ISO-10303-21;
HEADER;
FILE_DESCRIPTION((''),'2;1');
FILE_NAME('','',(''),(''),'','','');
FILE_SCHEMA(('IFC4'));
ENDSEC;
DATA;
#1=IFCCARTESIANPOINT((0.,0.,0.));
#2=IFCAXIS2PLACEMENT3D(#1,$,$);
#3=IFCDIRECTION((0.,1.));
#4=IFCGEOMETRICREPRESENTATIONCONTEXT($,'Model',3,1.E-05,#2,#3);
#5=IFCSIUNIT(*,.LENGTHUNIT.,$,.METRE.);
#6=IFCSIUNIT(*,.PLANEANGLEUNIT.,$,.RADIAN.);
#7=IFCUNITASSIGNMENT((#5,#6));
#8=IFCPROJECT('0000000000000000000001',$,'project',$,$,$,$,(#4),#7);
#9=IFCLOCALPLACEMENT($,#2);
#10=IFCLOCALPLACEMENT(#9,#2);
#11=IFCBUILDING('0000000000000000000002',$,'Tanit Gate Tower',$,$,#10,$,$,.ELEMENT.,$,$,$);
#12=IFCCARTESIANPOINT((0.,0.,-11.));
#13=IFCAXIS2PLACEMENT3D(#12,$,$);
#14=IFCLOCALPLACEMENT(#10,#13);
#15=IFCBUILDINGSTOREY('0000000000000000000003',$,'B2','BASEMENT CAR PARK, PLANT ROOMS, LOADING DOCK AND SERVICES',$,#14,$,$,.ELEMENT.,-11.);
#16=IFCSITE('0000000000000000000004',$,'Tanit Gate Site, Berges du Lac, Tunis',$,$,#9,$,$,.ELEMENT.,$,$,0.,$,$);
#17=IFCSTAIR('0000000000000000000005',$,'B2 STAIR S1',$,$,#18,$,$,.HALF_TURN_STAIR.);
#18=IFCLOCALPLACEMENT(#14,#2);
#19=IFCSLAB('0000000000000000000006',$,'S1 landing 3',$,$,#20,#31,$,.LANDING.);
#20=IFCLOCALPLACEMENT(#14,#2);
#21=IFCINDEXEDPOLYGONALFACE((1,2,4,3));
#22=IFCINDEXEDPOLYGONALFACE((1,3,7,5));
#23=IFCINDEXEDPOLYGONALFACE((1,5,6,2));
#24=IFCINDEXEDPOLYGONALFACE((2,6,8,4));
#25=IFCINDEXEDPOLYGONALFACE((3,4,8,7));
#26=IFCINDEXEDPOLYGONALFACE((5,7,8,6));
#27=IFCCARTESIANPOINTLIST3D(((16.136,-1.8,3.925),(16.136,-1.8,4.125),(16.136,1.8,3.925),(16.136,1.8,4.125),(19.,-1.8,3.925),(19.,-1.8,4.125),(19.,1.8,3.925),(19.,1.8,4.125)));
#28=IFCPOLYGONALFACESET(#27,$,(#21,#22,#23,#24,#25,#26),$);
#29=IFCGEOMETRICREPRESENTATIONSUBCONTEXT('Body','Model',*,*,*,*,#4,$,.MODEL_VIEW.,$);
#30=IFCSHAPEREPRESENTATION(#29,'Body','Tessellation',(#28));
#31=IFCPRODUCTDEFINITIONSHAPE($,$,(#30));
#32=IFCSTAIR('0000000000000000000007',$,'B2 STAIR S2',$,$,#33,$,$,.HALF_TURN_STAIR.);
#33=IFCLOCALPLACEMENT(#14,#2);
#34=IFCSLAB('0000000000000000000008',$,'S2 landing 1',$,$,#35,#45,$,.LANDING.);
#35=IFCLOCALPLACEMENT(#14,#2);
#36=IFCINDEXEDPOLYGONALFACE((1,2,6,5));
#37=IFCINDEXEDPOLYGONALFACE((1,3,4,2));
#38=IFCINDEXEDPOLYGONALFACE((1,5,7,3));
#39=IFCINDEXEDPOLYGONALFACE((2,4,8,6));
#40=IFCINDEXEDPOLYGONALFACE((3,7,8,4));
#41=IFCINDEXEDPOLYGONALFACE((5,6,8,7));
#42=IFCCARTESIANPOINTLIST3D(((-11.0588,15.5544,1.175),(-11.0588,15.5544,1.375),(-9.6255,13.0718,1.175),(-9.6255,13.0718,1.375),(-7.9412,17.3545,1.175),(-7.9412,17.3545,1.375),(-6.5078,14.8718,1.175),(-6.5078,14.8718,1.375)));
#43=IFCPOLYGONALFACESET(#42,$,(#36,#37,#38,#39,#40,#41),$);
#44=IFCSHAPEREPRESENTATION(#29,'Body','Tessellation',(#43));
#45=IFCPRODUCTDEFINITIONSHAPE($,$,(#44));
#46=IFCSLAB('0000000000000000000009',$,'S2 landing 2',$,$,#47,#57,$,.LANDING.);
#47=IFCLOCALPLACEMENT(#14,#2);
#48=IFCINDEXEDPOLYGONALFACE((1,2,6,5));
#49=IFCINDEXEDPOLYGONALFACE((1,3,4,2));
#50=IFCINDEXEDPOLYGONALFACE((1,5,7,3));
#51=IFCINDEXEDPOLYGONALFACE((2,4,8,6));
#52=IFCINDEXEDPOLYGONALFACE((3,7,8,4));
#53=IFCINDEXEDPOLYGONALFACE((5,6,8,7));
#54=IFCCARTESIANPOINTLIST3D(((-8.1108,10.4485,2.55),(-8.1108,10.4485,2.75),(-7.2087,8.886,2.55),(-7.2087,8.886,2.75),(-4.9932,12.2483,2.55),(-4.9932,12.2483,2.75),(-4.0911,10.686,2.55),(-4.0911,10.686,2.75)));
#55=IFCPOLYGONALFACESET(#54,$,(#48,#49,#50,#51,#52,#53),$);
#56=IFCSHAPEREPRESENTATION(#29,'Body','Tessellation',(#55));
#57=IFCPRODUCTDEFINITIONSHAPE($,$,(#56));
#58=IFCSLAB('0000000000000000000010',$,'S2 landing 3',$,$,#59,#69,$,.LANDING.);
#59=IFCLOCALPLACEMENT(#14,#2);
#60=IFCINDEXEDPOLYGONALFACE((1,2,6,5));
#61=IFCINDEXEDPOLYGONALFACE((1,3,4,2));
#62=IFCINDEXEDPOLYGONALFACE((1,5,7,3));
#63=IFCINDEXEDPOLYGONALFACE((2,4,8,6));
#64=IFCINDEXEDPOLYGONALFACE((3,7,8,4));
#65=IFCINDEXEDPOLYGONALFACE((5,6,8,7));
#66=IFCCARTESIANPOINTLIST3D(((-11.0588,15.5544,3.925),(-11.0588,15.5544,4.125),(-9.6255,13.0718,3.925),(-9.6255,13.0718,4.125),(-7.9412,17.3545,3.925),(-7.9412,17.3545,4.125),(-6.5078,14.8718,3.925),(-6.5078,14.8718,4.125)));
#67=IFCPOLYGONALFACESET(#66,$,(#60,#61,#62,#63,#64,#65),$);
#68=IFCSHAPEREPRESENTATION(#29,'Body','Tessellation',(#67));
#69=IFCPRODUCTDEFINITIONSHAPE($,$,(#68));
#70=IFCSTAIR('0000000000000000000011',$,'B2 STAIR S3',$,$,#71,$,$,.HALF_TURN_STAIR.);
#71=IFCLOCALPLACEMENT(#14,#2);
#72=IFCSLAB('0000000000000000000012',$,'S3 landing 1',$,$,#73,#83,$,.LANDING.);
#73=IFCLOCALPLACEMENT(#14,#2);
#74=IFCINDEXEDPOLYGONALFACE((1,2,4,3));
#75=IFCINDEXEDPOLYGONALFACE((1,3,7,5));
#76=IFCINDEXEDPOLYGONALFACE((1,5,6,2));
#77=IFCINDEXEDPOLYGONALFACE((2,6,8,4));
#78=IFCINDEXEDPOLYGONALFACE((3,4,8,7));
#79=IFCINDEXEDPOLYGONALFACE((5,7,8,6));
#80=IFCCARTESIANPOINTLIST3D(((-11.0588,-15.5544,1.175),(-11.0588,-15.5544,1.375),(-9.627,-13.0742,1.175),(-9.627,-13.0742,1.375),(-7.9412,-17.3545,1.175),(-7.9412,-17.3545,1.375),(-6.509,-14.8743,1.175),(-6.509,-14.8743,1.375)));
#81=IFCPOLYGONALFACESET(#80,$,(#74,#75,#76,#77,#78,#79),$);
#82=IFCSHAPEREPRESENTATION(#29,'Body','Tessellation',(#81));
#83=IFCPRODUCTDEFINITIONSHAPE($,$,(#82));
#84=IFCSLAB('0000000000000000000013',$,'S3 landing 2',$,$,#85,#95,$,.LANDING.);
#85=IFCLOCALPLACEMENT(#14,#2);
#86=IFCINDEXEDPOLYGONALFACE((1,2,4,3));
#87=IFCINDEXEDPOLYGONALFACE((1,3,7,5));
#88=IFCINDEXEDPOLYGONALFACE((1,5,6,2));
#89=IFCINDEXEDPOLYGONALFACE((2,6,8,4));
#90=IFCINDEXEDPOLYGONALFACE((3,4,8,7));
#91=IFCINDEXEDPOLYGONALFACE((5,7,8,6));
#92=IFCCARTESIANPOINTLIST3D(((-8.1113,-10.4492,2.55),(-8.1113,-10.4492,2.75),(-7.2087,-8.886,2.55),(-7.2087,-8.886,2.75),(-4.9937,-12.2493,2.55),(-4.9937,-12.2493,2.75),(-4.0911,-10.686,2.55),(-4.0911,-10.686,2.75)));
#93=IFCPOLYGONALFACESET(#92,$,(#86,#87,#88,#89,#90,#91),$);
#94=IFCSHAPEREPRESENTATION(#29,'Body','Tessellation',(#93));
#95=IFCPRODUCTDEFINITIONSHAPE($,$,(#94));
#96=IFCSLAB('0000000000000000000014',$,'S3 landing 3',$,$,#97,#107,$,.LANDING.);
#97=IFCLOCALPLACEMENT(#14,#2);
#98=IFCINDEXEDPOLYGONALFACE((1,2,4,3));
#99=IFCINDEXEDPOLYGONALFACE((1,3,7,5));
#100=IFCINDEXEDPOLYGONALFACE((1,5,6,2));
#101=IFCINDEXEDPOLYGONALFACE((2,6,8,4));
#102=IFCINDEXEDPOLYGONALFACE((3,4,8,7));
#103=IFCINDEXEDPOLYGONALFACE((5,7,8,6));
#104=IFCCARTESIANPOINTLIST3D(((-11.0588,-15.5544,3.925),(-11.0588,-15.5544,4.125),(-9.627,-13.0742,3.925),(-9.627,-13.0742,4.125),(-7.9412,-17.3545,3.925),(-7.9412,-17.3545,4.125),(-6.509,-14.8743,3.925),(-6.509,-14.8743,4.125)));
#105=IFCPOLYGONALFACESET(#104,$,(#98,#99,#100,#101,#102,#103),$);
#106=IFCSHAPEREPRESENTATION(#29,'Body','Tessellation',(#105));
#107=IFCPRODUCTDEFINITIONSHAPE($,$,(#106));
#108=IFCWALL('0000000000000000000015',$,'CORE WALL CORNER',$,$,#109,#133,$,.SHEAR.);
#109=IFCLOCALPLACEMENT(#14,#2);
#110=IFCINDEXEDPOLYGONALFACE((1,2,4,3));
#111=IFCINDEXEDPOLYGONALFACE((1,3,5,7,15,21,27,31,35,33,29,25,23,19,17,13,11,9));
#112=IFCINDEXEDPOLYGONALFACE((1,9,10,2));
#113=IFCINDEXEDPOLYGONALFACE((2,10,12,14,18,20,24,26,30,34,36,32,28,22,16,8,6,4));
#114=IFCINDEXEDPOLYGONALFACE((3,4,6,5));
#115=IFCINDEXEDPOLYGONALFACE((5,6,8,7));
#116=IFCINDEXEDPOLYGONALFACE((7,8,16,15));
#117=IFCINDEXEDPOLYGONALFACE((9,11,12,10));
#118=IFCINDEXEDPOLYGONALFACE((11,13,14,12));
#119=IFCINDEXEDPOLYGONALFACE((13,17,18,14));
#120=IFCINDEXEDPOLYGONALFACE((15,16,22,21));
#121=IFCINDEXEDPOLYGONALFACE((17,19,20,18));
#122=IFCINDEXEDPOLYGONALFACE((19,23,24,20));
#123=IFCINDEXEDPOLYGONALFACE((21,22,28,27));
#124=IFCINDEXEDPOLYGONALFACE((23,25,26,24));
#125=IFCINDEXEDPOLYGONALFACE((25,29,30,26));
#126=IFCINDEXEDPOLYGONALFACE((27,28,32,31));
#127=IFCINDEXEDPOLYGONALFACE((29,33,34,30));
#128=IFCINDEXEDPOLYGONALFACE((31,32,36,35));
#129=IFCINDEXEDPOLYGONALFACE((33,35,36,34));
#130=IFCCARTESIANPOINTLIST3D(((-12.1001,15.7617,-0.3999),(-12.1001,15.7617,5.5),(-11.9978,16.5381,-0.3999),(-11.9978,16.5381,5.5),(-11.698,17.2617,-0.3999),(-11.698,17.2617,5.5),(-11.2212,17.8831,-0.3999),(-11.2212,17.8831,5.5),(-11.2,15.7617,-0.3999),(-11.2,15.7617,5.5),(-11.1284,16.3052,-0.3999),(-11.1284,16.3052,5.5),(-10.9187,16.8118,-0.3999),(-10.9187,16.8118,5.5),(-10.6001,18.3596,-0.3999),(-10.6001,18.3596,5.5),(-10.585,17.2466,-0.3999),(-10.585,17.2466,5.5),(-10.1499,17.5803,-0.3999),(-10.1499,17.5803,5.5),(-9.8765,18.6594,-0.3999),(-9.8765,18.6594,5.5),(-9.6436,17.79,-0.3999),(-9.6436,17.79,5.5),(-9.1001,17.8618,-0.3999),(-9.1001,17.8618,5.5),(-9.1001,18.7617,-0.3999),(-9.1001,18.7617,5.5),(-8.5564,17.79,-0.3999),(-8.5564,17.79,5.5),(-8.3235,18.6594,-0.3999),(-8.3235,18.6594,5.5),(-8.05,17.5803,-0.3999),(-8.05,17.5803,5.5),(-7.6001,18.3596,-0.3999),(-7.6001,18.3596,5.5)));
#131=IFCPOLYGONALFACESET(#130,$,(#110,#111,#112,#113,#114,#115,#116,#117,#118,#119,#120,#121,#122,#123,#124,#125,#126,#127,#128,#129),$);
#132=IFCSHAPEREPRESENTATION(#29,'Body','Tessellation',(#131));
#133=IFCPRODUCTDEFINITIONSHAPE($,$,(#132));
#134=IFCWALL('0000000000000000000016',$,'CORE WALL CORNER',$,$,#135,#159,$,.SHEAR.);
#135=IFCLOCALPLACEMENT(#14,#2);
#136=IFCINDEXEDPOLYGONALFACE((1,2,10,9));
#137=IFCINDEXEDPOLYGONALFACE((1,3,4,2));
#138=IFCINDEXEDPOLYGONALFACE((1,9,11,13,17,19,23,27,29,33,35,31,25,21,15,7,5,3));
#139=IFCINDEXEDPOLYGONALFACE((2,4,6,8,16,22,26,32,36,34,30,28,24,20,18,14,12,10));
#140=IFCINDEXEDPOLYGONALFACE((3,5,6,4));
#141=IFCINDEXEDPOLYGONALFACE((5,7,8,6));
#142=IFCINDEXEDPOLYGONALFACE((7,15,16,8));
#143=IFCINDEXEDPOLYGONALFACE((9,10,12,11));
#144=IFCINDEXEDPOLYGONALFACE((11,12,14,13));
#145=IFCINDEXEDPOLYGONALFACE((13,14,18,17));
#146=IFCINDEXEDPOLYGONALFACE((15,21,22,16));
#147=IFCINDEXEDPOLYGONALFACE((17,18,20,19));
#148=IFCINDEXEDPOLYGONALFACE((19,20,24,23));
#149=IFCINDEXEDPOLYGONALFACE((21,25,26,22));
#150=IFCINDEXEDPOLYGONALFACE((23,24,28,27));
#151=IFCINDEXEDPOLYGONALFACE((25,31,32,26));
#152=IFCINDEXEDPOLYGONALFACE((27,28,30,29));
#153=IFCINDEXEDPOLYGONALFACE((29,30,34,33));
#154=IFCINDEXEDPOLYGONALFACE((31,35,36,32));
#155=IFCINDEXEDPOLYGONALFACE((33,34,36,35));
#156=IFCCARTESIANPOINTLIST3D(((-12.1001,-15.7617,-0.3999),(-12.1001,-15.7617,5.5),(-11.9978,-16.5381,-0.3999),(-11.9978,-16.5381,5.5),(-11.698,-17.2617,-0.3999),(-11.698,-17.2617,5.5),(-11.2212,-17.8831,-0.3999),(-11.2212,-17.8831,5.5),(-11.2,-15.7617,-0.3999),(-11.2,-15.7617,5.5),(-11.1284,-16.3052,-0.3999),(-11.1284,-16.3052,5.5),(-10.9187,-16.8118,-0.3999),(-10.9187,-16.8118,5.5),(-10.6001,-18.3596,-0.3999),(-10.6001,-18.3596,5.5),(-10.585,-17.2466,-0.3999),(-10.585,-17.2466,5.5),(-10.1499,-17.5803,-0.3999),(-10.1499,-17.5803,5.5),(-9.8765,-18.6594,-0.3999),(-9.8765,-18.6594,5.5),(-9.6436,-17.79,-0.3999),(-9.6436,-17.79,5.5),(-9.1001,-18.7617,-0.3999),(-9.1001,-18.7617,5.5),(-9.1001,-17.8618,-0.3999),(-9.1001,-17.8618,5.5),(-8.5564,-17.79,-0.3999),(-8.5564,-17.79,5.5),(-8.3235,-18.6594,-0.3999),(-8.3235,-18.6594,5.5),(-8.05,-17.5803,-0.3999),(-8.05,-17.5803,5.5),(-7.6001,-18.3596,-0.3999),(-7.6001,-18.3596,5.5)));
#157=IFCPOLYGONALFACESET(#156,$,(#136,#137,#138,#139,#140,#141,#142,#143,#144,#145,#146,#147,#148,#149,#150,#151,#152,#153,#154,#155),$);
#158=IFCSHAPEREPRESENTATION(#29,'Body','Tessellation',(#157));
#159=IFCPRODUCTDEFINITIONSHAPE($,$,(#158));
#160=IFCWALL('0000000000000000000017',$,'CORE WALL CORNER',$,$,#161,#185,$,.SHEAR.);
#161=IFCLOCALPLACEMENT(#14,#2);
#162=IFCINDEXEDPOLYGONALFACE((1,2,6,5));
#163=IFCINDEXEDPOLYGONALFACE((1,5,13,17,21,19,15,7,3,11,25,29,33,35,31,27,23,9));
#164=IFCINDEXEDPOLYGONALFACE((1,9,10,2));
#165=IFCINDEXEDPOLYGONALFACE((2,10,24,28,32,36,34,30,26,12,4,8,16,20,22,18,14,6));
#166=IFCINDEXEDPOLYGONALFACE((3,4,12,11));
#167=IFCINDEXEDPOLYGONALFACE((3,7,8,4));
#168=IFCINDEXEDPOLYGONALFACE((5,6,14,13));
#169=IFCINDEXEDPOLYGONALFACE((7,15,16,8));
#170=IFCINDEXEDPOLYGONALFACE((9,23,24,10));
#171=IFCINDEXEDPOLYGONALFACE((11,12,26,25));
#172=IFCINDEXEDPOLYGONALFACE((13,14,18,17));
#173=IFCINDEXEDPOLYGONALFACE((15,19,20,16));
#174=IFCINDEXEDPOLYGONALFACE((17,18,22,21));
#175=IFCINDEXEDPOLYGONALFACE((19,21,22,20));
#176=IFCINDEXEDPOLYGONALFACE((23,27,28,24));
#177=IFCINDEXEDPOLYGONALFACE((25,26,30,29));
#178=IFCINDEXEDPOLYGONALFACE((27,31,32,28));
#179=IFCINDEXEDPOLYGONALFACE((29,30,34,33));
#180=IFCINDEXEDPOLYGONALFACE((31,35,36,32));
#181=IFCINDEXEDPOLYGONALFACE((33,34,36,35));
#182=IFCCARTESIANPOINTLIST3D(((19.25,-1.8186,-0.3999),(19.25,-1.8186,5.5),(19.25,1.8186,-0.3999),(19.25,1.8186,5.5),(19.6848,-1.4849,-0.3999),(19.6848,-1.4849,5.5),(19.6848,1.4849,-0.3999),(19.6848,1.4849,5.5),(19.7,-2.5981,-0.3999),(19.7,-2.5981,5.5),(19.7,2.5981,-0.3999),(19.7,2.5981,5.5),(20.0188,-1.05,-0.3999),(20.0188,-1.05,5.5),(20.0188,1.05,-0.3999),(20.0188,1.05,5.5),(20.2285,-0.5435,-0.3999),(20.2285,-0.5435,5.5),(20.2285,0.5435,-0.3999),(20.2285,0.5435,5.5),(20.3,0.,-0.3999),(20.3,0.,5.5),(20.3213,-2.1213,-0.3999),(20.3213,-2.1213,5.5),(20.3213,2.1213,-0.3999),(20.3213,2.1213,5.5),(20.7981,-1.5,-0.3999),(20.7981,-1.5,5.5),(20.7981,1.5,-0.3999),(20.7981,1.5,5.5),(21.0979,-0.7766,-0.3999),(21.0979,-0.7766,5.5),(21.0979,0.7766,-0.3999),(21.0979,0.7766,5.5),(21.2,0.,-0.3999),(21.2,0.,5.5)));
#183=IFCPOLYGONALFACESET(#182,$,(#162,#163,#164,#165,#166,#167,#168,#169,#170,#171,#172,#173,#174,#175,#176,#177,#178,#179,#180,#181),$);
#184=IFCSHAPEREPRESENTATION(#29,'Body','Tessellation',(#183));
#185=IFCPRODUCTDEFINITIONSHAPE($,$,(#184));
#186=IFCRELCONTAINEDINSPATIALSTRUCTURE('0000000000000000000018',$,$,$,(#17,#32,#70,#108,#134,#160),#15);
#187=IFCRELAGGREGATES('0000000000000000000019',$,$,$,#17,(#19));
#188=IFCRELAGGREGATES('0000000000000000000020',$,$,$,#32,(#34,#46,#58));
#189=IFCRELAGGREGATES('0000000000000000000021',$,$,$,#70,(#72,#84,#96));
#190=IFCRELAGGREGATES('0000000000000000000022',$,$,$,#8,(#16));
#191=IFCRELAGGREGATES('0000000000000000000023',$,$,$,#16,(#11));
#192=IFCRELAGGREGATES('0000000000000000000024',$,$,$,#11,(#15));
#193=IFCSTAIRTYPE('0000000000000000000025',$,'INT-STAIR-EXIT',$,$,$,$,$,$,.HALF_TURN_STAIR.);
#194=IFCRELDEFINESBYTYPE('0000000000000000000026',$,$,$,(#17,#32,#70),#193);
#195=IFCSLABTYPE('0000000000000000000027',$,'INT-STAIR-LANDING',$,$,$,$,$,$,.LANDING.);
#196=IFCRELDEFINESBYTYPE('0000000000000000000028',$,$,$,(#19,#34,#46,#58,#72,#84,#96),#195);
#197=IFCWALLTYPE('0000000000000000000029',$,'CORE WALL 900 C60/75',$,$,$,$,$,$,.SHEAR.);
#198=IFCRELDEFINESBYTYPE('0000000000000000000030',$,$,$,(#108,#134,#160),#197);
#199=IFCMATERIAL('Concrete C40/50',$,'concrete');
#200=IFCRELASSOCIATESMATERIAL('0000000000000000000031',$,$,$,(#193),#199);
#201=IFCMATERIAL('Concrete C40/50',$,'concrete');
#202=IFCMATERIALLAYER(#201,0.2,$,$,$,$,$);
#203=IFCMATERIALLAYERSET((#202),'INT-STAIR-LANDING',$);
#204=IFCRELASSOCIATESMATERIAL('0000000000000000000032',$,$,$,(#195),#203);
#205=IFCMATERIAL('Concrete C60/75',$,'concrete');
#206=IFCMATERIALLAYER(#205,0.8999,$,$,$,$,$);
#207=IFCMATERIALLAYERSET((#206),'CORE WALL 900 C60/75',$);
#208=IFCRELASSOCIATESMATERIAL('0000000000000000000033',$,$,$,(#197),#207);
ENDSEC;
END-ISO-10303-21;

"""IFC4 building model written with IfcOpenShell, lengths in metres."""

from ifc_helpers import new_model, si_unit, direction, frame, origin, place, context, subcontext, project, spatial, polyline, outline, extrude, material, layer, layer_set, type_object, element, aggregate, save


model = new_model("IFC4")

# Units and contexts
model_context = context("Model", 3, precision=1e-05, world=origin(), true_north=direction((0.0, 1.0)))
body_context = subcontext(model_context, "Body", "Model", "MODEL_VIEW")
ifc_project = project(units=[si_unit("LENGTHUNIT", "METRE"), si_unit("PLANEANGLEUNIT", "RADIAN")], contexts=[model_context])

# Site, building, storey
site_placement = place(None, origin())
site = spatial("IfcSite", under=ifc_project, at=site_placement, Name="Tanit Gate Site, Berges du Lac, Tunis", CompositionType="ELEMENT", RefElevation=0.0)
building_placement = place(site_placement, origin())
building = spatial("IfcBuilding", under=site, at=building_placement, Name="Tanit Gate Tower", CompositionType="ELEMENT")
storey_placement = place(building_placement, frame((0.0, 0.0, -11.0)))
storey = spatial("IfcBuildingStorey", under=building, at=storey_placement, Name="B2", Description="BASEMENT CAR PARK, PLANT ROOMS, LOADING DOCK AND SERVICES", CompositionType="ELEMENT", Elevation=-11.0)

# Stairs, slabs
ifc_material_1 = material(Name="Concrete C40/50", Category="concrete")
stair_type = type_object("IfcStairType", Name="INT-STAIR-EXIT", PredefinedType="HALF_TURN_STAIR", material=ifc_material_1)
stair_1_placement = place(storey_placement, origin())
stair_1 = element("IfcStair", 1, at=stair_1_placement, inside=storey, type_object=stair_type, Name="B2 STAIR S1", PredefinedType="HALF_TURN_STAIR")
ifc_material_2 = material(Name="Concrete C40/50", Category="concrete")
ifc_layer_1 = layer(ifc_material_2, 0.2)
ifc_layer_set_1 = layer_set([ifc_layer_1], Name="INT-STAIR-LANDING")
slab_type_1 = type_object("IfcSlabType", Name="INT-STAIR-LANDING", PredefinedType="LANDING", material=ifc_layer_set_1)
slab_1_placement = place(storey_placement, frame((0.0, 0.0, 3.925)))
slab_1 = element("IfcSlab", 2, at=slab_1_placement, type_object=slab_type_1, Name="S1 landing 3", PredefinedType="LANDING", context=body_context, shape_type="SweptSolid", body=[
    extrude(outline(polyline([(16.136, -1.8), (19.0, -1.8), (19.0, 1.8), (16.136, 1.8), (16.136, -1.8)])), origin(), (0.0, 0.0, 1.0), 0.2),
])
aggregate(stair_1, [slab_1])
stair_2_placement = place(storey_placement, origin())
stair_2 = element("IfcStair", 3, at=stair_2_placement, inside=storey, type_object=stair_type, Name="B2 STAIR S2", PredefinedType="HALF_TURN_STAIR")
slab_2_placement = place(storey_placement, frame((0.0, 0.0, 1.175)))
slab_2 = element("IfcSlab", 4, at=slab_2_placement, type_object=slab_type_1, Name="S2 landing 1", PredefinedType="LANDING", context=body_context, shape_type="SweptSolid", body=[
    extrude(outline(polyline([(-6.5078, 14.8718), (-7.9412, 17.3545), (-11.0588, 15.5544), (-9.6255, 13.0718), (-6.5078, 14.8718)])), origin(), (0.0, 0.0, 1.0), 0.2),
])
slab_3_placement = place(storey_placement, frame((0.0, 0.0, 2.55)))
slab_3 = element("IfcSlab", 5, at=slab_3_placement, type_object=slab_type_1, Name="S2 landing 2", PredefinedType="LANDING", context=body_context, shape_type="SweptSolid", body=[
    extrude(outline(polyline([(-4.0911, 10.686), (-4.9932, 12.2483), (-8.1108, 10.4485), (-7.2087, 8.886), (-4.0911, 10.686)])), origin(), (0.0, 0.0, 1.0), 0.2),
])
slab_4_placement = place(storey_placement, frame((0.0, 0.0, 3.925)))
slab_4 = element("IfcSlab", 6, at=slab_4_placement, type_object=slab_type_1, Name="S2 landing 3", PredefinedType="LANDING", context=body_context, shape_type="SweptSolid", body=[
    extrude(outline(polyline([(-6.5078, 14.8718), (-7.9412, 17.3545), (-11.0588, 15.5544), (-9.6255, 13.0718), (-6.5078, 14.8718)])), origin(), (0.0, 0.0, 1.0), 0.2),
])
aggregate(stair_2, [slab_2, slab_3, slab_4])
stair_3_placement = place(storey_placement, origin())
stair_3 = element("IfcStair", 7, at=stair_3_placement, inside=storey, type_object=stair_type, Name="B2 STAIR S3", PredefinedType="HALF_TURN_STAIR")
slab_5_placement = place(storey_placement, frame((0.0, 0.0, 1.175)))
slab_5 = element("IfcSlab", 8, at=slab_5_placement, type_object=slab_type_1, Name="S3 landing 1", PredefinedType="LANDING", context=body_context, shape_type="SweptSolid", body=[
    extrude(outline(polyline([(-9.627, -13.0742), (-11.0588, -15.5544), (-7.9412, -17.3545), (-6.509, -14.8743), (-9.627, -13.0742)])), origin(), (0.0, 0.0, 1.0), 0.2),
])
slab_6_placement = place(storey_placement, frame((0.0, 0.0, 2.55)))
slab_6 = element("IfcSlab", 9, at=slab_6_placement, type_object=slab_type_1, Name="S3 landing 2", PredefinedType="LANDING", context=body_context, shape_type="SweptSolid", body=[
    extrude(outline(polyline([(-7.2087, -8.886), (-8.1113, -10.4492), (-4.9937, -12.2493), (-4.0911, -10.686), (-7.2087, -8.886)])), origin(), (0.0, 0.0, 1.0), 0.2),
])
slab_7_placement = place(storey_placement, frame((0.0, 0.0, 3.925)))
slab_7 = element("IfcSlab", 10, at=slab_7_placement, type_object=slab_type_1, Name="S3 landing 3", PredefinedType="LANDING", context=body_context, shape_type="SweptSolid", body=[
    extrude(outline(polyline([(-9.627, -13.0742), (-11.0588, -15.5544), (-7.9412, -17.3545), (-6.509, -14.8743), (-9.627, -13.0742)])), origin(), (0.0, 0.0, 1.0), 0.2),
])
aggregate(stair_3, [slab_5, slab_6, slab_7])

# Walls
ifc_material_3 = material(Name="Concrete C60/75", Category="concrete")
ifc_layer_2 = layer(ifc_material_3, 0.8999)
ifc_layer_set_2 = layer_set([ifc_layer_2], Name="CORE WALL 900 C60/75")
wall_type_1 = type_object("IfcWallType", Name="CORE WALL 900 C60/75", PredefinedType="SHEAR", material=ifc_layer_set_2)
wall_1_placement = place(storey_placement, frame((0.0, 0.0, -0.3999)))
element("IfcWall", 11, at=wall_1_placement, inside=storey, type_object=wall_type_1, Name="CORE WALL CORNER", PredefinedType="SHEAR", context=body_context, shape_type="SweptSolid", body=[
    extrude(outline(polyline([(-7.6001, 18.3596), (-8.3235, 18.6594), (-9.1001, 18.7617), (-9.8765, 18.6594), (-10.6001, 18.3596), (-11.2212, 17.8831), (-11.698, 17.2617), (-11.9978, 16.5381), (-12.1001, 15.7617), (-11.2, 15.7617), (-11.1284, 16.3052), (-10.9187, 16.8118), (-10.585, 17.2466), (-10.1499, 17.5803), (-9.6436, 17.79), (-9.1001, 17.8618), (-8.5564, 17.79), (-8.05, 17.5803), (-7.6001, 18.3596)])), origin(), (0.0, 0.0, 1.0), 5.8999),
])
wall_2_placement = place(storey_placement, frame((0.0, 0.0, -0.3999)))
element("IfcWall", 12, at=wall_2_placement, inside=storey, type_object=wall_type_1, Name="CORE WALL CORNER", PredefinedType="SHEAR", context=body_context, shape_type="SweptSolid", body=[
    extrude(outline(polyline([(-12.1001, -15.7617), (-11.9978, -16.5381), (-11.698, -17.2617), (-11.2212, -17.8831), (-10.6001, -18.3596), (-9.8765, -18.6594), (-9.1001, -18.7617), (-8.3235, -18.6594), (-7.6001, -18.3596), (-8.05, -17.5803), (-8.5564, -17.79), (-9.1001, -17.8618), (-9.6436, -17.79), (-10.1499, -17.5803), (-10.585, -17.2466), (-10.9187, -16.8118), (-11.1284, -16.3052), (-11.2, -15.7617), (-12.1001, -15.7617)])), origin(), (0.0, 0.0, 1.0), 5.8999),
])
wall_3_placement = place(storey_placement, frame((0.0, 0.0, -0.3999)))
element("IfcWall", 13, at=wall_3_placement, inside=storey, type_object=wall_type_1, Name="CORE WALL CORNER", PredefinedType="SHEAR", context=body_context, shape_type="SweptSolid", body=[
    extrude(outline(polyline([(19.7, -2.5981), (20.3213, -2.1213), (20.7981, -1.5), (21.0979, -0.7766), (21.2, 0.0), (21.0979, 0.7766), (20.7981, 1.5), (20.3213, 2.1213), (19.7, 2.5981), (19.25, 1.8186), (19.6848, 1.4849), (20.0188, 1.05), (20.2285, 0.5435), (20.3, 0.0), (20.2285, -0.5435), (20.0188, -1.05), (19.6848, -1.4849), (19.25, -1.8186), (19.7, -2.5981)])), origin(), (0.0, 0.0, 1.0), 5.8999),
])

save(model, "model.ifc")
